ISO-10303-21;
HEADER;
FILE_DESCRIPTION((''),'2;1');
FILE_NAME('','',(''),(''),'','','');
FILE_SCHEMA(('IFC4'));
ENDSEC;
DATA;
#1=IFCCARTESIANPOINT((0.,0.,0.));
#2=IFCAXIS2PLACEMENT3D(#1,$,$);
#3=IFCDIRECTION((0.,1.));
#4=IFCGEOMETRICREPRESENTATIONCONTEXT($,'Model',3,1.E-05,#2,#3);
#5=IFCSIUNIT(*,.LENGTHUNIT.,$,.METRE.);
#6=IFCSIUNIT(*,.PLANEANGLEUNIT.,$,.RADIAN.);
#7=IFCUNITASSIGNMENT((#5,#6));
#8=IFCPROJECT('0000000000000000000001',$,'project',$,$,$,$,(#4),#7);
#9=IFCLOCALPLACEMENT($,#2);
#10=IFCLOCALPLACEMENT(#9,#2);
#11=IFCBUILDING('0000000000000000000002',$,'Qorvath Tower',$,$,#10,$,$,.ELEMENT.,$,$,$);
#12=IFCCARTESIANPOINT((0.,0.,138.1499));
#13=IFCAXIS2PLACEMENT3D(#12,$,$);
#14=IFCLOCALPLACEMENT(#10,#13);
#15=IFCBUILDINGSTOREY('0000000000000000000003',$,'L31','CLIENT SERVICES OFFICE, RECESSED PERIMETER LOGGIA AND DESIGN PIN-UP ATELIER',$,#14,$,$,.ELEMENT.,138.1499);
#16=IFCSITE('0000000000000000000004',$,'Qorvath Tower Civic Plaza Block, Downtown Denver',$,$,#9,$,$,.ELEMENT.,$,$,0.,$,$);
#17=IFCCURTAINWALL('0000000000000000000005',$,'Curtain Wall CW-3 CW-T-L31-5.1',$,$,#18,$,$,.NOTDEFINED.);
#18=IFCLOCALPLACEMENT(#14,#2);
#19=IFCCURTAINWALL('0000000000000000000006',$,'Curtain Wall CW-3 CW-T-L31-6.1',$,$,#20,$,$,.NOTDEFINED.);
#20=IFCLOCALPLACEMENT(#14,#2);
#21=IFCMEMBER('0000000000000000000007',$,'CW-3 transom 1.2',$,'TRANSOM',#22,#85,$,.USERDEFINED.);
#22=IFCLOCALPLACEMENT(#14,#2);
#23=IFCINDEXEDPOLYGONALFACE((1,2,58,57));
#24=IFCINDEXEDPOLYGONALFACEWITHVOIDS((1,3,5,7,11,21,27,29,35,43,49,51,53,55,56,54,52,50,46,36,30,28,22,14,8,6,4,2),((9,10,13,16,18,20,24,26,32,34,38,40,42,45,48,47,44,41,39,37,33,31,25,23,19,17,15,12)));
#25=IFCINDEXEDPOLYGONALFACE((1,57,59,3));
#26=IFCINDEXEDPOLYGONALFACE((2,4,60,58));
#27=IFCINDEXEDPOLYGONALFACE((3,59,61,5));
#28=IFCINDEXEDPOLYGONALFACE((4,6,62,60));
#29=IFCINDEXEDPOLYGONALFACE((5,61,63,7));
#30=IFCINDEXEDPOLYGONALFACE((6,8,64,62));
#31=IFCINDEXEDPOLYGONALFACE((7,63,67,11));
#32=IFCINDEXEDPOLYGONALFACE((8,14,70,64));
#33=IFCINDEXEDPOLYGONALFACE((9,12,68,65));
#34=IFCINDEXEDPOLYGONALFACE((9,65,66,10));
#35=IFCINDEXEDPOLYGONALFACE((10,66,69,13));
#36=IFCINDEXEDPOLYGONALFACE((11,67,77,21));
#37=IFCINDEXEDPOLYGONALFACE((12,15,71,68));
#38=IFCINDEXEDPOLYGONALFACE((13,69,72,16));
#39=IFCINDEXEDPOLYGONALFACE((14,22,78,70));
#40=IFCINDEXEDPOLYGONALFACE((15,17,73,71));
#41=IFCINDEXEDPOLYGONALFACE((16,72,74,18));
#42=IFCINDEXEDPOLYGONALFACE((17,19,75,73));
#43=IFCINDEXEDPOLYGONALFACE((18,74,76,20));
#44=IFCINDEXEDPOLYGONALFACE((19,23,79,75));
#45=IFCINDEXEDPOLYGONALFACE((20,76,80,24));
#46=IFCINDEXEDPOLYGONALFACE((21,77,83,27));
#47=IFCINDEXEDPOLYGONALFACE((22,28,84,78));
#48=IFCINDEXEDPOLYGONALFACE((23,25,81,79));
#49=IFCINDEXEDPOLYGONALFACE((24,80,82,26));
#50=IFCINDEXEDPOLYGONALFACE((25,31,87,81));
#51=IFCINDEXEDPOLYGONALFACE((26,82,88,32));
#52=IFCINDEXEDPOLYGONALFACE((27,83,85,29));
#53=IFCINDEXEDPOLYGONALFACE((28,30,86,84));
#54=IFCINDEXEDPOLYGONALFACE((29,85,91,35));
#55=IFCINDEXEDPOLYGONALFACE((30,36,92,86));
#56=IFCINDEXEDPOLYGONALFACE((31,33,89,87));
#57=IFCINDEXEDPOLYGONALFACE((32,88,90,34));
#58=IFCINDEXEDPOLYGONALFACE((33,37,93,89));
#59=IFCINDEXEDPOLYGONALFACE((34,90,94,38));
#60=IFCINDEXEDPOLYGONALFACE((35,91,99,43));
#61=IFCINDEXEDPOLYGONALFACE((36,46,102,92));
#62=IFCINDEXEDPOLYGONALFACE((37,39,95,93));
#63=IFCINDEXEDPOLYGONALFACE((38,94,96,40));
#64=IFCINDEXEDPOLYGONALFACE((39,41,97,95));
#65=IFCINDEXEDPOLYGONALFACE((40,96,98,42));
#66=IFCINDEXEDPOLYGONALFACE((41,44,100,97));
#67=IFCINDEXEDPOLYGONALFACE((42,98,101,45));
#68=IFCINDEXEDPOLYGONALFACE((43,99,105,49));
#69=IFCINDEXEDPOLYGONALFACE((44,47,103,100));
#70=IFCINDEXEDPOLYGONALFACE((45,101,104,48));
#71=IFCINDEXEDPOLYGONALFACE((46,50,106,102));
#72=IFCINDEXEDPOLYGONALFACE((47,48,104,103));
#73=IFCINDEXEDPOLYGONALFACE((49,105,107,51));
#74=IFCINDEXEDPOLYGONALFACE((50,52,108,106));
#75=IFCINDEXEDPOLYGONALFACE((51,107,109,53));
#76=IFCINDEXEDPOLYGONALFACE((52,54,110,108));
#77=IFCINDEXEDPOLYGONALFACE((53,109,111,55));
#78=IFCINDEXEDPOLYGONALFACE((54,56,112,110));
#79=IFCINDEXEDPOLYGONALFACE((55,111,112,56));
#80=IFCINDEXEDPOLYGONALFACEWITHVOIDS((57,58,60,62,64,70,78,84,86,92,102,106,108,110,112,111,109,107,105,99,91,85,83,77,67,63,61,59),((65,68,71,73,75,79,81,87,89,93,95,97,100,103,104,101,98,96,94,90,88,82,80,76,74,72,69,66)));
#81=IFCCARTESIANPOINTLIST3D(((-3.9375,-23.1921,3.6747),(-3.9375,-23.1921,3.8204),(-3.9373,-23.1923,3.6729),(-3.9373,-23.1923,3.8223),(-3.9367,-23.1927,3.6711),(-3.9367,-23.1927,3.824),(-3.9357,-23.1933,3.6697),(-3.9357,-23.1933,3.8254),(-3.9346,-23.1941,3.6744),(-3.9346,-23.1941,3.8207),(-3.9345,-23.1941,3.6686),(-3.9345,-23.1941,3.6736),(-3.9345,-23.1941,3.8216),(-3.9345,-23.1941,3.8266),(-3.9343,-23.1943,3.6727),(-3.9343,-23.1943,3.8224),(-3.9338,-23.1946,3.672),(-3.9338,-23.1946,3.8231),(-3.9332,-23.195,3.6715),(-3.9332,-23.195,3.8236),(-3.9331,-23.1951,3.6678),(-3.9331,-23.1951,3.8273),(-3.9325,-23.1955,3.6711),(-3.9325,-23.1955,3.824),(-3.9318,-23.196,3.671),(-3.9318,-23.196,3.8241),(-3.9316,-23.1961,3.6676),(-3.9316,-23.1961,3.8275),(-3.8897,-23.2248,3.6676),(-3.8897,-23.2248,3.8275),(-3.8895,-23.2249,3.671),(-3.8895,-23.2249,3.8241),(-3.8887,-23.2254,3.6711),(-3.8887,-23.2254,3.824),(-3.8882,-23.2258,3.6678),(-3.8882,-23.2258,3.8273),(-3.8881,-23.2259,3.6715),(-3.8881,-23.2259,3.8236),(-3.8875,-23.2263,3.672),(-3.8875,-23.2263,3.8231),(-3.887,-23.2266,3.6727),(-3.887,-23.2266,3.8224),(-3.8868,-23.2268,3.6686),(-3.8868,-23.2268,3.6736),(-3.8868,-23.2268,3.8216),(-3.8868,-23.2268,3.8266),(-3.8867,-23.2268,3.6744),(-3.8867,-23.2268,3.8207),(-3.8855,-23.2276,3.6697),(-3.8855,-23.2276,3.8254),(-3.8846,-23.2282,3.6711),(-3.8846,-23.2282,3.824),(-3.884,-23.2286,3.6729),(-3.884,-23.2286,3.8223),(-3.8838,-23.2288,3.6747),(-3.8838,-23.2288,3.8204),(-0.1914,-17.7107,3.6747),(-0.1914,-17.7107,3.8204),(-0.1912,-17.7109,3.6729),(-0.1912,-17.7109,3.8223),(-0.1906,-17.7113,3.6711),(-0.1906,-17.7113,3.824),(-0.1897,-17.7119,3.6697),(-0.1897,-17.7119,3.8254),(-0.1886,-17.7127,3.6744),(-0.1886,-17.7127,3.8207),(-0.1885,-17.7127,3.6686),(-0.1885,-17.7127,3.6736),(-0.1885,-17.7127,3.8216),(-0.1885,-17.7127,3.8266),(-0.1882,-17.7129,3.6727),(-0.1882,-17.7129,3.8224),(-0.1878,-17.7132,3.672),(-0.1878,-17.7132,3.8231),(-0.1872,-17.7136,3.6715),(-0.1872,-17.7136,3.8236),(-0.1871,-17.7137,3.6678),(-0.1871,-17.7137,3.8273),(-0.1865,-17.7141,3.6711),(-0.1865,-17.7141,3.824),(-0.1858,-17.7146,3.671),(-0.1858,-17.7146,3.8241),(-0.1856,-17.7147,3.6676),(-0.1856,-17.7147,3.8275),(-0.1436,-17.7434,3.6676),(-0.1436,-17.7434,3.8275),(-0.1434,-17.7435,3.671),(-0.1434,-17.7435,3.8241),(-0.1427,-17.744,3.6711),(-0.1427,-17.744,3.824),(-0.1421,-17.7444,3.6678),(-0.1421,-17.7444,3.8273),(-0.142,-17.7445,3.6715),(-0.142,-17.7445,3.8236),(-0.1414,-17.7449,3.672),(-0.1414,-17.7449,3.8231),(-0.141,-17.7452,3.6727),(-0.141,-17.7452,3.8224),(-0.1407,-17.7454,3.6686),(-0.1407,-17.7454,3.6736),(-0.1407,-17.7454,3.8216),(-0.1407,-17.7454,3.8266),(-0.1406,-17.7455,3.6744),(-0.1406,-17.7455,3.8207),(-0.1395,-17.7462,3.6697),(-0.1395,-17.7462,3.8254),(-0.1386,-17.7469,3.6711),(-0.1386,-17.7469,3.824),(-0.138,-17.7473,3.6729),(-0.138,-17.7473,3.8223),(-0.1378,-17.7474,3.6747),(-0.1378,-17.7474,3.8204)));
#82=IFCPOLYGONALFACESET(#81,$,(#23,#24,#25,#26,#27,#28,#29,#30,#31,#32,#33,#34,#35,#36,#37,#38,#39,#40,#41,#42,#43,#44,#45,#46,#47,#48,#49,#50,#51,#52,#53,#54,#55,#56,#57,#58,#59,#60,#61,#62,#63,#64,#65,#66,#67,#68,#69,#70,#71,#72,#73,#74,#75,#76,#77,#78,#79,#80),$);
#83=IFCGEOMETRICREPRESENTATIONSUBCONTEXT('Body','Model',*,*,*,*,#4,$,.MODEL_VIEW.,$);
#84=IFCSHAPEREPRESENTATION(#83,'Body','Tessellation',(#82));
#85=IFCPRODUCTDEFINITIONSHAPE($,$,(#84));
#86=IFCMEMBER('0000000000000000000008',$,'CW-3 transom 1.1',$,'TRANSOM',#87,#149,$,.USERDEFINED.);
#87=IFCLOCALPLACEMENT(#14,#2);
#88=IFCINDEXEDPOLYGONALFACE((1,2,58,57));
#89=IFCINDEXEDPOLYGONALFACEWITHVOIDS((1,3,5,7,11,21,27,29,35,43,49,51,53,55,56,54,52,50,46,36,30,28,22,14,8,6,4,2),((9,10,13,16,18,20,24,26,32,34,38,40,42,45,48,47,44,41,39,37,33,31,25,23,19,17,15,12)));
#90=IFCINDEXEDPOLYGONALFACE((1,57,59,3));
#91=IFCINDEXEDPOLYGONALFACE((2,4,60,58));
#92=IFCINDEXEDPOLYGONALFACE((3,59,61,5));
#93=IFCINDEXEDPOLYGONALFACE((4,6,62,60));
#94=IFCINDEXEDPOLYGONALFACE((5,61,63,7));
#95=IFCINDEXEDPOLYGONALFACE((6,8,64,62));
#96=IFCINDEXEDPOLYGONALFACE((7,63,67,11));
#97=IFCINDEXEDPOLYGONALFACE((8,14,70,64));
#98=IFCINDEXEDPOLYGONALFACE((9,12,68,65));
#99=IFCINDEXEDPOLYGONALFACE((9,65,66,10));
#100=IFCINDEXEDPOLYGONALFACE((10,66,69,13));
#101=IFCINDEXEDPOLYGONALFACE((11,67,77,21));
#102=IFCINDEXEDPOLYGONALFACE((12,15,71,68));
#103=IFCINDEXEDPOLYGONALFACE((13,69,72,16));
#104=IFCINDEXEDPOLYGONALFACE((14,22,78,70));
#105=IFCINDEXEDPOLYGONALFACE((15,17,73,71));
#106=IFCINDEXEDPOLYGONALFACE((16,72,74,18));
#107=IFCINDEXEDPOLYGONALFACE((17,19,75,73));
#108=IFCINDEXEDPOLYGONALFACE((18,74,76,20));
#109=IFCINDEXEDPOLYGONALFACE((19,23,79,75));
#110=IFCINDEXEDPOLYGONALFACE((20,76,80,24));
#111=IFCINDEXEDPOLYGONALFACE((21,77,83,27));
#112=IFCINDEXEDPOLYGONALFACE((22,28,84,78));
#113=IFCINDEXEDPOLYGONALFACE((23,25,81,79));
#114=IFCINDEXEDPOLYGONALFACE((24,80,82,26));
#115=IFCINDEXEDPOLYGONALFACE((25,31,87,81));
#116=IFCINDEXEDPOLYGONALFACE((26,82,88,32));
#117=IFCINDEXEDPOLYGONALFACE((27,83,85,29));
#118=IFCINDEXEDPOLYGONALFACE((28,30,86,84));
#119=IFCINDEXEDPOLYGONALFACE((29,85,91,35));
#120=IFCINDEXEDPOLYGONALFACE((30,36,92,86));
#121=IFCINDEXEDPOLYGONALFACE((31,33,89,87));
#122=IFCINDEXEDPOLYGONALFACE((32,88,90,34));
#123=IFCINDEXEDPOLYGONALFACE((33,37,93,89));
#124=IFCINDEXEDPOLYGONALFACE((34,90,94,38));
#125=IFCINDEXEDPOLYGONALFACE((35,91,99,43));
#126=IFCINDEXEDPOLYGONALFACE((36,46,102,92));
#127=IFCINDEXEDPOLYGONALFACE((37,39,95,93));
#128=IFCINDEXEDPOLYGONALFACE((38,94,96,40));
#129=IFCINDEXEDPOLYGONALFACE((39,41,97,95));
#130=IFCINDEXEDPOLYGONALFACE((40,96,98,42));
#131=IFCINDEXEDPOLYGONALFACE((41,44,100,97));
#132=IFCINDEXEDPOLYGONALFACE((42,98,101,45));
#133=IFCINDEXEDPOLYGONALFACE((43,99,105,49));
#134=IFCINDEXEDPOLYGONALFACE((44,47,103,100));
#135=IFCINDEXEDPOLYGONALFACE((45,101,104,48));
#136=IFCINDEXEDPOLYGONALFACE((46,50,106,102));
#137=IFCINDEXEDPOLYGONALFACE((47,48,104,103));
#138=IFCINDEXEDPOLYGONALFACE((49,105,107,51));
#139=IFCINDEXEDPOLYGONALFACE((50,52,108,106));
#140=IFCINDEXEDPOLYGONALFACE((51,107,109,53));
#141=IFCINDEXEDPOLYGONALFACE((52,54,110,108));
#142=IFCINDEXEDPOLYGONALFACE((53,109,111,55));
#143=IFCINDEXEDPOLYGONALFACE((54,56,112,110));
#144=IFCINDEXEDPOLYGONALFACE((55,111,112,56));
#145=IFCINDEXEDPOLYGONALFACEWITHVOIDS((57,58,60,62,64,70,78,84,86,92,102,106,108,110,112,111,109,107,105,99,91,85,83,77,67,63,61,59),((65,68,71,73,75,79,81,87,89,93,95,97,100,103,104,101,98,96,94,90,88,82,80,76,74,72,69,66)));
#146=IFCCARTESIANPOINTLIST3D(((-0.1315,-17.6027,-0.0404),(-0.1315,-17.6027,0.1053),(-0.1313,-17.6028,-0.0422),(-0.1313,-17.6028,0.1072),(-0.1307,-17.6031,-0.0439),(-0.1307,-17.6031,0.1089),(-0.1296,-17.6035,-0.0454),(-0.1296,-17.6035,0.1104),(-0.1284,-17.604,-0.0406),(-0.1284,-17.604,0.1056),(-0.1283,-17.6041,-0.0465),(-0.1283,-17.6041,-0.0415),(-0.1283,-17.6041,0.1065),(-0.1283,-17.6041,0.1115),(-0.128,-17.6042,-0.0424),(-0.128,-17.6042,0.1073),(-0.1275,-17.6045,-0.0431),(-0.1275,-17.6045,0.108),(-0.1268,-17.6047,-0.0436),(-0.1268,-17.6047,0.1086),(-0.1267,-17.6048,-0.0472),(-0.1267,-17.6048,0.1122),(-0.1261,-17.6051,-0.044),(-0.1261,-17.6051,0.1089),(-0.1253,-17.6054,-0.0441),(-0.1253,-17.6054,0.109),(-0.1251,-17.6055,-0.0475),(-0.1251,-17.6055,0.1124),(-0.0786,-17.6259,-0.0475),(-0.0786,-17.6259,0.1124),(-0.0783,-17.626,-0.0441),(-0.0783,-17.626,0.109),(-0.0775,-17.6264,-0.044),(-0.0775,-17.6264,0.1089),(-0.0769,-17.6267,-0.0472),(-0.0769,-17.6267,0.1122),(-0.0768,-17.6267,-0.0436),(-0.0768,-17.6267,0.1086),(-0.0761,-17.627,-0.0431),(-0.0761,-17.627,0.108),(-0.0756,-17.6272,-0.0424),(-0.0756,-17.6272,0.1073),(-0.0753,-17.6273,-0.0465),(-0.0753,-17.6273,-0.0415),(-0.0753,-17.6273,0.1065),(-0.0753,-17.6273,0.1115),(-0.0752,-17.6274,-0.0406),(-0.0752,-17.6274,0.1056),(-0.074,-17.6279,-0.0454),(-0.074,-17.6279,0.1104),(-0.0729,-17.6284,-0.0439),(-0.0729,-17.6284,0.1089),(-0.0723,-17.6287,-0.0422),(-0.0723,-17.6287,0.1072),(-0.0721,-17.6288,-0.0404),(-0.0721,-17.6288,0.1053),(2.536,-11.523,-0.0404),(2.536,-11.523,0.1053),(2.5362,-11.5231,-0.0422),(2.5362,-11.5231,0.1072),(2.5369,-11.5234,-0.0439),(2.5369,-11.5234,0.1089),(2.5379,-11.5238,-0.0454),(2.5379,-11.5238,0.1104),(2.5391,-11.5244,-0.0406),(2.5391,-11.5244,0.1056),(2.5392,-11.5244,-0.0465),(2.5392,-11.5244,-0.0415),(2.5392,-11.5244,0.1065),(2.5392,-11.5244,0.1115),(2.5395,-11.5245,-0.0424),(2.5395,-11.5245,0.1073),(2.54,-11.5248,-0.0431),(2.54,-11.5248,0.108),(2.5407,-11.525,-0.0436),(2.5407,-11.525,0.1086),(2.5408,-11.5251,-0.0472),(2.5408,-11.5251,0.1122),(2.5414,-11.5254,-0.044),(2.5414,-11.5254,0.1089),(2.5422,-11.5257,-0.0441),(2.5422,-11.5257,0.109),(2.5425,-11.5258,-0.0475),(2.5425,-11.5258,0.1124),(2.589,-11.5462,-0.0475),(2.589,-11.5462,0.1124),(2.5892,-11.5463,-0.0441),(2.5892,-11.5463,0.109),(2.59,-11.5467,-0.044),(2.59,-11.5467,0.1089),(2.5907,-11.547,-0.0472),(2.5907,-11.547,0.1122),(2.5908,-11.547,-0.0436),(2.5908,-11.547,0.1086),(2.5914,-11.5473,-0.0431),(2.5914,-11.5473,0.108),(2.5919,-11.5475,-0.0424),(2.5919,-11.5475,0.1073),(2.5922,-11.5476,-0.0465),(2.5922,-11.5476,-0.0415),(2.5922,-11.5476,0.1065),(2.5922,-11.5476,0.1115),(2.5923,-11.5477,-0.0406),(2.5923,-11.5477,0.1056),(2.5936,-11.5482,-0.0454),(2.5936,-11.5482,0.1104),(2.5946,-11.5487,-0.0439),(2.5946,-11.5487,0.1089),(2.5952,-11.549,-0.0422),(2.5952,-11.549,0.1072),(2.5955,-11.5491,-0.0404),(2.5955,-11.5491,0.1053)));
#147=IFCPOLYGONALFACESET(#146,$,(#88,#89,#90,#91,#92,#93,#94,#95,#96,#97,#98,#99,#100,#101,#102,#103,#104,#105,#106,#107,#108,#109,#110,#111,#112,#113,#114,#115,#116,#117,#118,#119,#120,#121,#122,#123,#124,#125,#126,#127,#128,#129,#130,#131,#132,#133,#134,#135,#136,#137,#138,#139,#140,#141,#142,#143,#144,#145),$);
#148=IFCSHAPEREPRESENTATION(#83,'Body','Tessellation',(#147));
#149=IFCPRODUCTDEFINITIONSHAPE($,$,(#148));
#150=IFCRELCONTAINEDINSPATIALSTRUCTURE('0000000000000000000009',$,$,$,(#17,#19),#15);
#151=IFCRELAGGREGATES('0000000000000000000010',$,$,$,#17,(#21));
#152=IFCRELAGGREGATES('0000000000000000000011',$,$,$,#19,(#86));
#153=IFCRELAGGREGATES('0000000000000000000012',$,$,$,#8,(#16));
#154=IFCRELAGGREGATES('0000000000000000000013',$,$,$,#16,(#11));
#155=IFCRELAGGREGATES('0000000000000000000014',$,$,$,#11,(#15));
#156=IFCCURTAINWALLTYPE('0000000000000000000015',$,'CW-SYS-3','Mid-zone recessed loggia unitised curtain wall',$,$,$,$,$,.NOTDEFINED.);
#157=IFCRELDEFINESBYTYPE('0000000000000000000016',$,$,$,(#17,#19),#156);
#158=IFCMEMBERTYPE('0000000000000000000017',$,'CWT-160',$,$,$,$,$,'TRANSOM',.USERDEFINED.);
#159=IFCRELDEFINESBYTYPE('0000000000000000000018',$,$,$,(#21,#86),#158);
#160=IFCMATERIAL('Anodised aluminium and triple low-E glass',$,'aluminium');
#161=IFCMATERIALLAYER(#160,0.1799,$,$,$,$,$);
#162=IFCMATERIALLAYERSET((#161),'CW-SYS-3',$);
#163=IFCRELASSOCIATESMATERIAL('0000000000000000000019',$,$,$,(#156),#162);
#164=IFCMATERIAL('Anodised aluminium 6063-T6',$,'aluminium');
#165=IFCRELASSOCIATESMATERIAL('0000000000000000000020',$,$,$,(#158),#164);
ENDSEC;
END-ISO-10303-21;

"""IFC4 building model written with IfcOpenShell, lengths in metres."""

from ifc_helpers import new_model, si_unit, direction, frame, origin, origin_2d, place, context, subcontext, project, spatial, hollow_rectangle, extrude, material, layer, layer_set, material_profile, profile_set, type_object, element, aggregate, save


model = new_model("IFC4")

# Units and contexts
model_context = context("Model", 3, precision=1e-05, world=origin(), true_north=direction((0.0, 1.0)))
body_context = subcontext(model_context, "Body", "Model", "MODEL_VIEW")
ifc_project = project(units=[si_unit("LENGTHUNIT", "METRE"), si_unit("PLANEANGLEUNIT", "RADIAN")], contexts=[model_context])

# Site, building, storey
site_placement = place(None, origin())
site = spatial("IfcSite", under=ifc_project, at=site_placement, Name="Qorvath Tower Civic Plaza Block, Downtown Denver", CompositionType="ELEMENT", RefElevation=0.0)
building_placement = place(site_placement, origin())
building = spatial("IfcBuilding", under=site, at=building_placement, Name="Qorvath Tower", CompositionType="ELEMENT")
storey_placement = place(building_placement, frame((0.0, 0.0, 138.1499)))
storey = spatial("IfcBuildingStorey", under=building, at=storey_placement, Name="L31", Description="CLIENT SERVICES OFFICE, RECESSED PERIMETER LOGGIA AND DESIGN PIN-UP ATELIER", CompositionType="ELEMENT", Elevation=138.1499)

# Shared definitions
ifc_material_1 = material(Name="Anodised aluminium and triple low-E glass", Category="aluminium")
ifc_layer_1 = layer(ifc_material_1, 0.1799)
ifc_layer_set_1 = layer_set([ifc_layer_1], Name="CW-SYS-3")
curtain_wall_type = type_object("IfcCurtainWallType", Name="CW-SYS-3", Description="Mid-zone recessed loggia unitised curtain wall", PredefinedType="NOTDEFINED", material=ifc_layer_set_1)

# Curtain walls
curtain_wall_1_placement = place(storey_placement, origin())
curtain_wall_1 = element("IfcCurtainWall", 1, at=curtain_wall_1_placement, inside=storey, type_object=curtain_wall_type, Name="Curtain Wall CW-3 CW-T-L31-5.1", PredefinedType="NOTDEFINED")
curtain_wall_2_placement = place(storey_placement, origin())
curtain_wall_2 = element("IfcCurtainWall", 2, at=curtain_wall_2_placement, inside=storey, type_object=curtain_wall_type, Name="Curtain Wall CW-3 CW-T-L31-6.1", PredefinedType="NOTDEFINED")

# Members
ifc_material_2 = material(Name="Anodised aluminium 6063-T6", Category="aluminium")
ifc_material_profile_1 = material_profile(ifc_material_2, hollow_rectangle(XDim=0.0649, YDim=0.1599, WallThickness=0.0034, InnerFilletRadius=0.0034, OuterFilletRadius=0.0071, at=origin_2d()), Name="CWT 160x65")
ifc_profile_set_1 = profile_set([ifc_material_profile_1], Name="Anodised aluminium 6063-T6")
member_type_1 = type_object("IfcMemberType", Name="CWT-160", ElementType="TRANSOM", PredefinedType="USERDEFINED", material=ifc_profile_set_1)
member_1_placement = place(storey_placement, frame((-3.9106, -23.2104, 3.7476), z_axis=(0.564236, 0.825614, 0.0), x_axis=(-0.825614, 0.564236, 0.0)))
member_1 = element("IfcMember", 3, at=member_1_placement, type_object=member_type_1, Name="CW-3 transom 1.2", ObjectType="TRANSOM", PredefinedType="USERDEFINED", context=body_context, shape_type="SweptSolid", body=[
    extrude(hollow_rectangle(XDim=0.0649, YDim=0.1599, WallThickness=0.0034, InnerFilletRadius=0.0034, OuterFilletRadius=0.0071, at=origin_2d()), origin(), (0.0, 0.0, 1.0), 6.6392),
])
member_2_placement = place(storey_placement, frame((-0.1018, -17.6157, 0.0325), z_axis=(0.401787, 0.915733, 0.0), x_axis=(-0.915733, 0.401787, 0.0)))
member_2 = element("IfcMember", 4, at=member_2_placement, type_object=member_type_1, Name="CW-3 transom 1.1", ObjectType="TRANSOM", PredefinedType="USERDEFINED", context=body_context, shape_type="SweptSolid", body=[
    extrude(hollow_rectangle(XDim=0.0649, YDim=0.1599, WallThickness=0.0034, InnerFilletRadius=0.0034, OuterFilletRadius=0.0071, at=origin_2d()), origin(), (0.0, 0.0, 1.0), 6.6392),
])

aggregate(curtain_wall_1, [member_1])
aggregate(curtain_wall_2, [member_2])

save(model, "model.ifc")
